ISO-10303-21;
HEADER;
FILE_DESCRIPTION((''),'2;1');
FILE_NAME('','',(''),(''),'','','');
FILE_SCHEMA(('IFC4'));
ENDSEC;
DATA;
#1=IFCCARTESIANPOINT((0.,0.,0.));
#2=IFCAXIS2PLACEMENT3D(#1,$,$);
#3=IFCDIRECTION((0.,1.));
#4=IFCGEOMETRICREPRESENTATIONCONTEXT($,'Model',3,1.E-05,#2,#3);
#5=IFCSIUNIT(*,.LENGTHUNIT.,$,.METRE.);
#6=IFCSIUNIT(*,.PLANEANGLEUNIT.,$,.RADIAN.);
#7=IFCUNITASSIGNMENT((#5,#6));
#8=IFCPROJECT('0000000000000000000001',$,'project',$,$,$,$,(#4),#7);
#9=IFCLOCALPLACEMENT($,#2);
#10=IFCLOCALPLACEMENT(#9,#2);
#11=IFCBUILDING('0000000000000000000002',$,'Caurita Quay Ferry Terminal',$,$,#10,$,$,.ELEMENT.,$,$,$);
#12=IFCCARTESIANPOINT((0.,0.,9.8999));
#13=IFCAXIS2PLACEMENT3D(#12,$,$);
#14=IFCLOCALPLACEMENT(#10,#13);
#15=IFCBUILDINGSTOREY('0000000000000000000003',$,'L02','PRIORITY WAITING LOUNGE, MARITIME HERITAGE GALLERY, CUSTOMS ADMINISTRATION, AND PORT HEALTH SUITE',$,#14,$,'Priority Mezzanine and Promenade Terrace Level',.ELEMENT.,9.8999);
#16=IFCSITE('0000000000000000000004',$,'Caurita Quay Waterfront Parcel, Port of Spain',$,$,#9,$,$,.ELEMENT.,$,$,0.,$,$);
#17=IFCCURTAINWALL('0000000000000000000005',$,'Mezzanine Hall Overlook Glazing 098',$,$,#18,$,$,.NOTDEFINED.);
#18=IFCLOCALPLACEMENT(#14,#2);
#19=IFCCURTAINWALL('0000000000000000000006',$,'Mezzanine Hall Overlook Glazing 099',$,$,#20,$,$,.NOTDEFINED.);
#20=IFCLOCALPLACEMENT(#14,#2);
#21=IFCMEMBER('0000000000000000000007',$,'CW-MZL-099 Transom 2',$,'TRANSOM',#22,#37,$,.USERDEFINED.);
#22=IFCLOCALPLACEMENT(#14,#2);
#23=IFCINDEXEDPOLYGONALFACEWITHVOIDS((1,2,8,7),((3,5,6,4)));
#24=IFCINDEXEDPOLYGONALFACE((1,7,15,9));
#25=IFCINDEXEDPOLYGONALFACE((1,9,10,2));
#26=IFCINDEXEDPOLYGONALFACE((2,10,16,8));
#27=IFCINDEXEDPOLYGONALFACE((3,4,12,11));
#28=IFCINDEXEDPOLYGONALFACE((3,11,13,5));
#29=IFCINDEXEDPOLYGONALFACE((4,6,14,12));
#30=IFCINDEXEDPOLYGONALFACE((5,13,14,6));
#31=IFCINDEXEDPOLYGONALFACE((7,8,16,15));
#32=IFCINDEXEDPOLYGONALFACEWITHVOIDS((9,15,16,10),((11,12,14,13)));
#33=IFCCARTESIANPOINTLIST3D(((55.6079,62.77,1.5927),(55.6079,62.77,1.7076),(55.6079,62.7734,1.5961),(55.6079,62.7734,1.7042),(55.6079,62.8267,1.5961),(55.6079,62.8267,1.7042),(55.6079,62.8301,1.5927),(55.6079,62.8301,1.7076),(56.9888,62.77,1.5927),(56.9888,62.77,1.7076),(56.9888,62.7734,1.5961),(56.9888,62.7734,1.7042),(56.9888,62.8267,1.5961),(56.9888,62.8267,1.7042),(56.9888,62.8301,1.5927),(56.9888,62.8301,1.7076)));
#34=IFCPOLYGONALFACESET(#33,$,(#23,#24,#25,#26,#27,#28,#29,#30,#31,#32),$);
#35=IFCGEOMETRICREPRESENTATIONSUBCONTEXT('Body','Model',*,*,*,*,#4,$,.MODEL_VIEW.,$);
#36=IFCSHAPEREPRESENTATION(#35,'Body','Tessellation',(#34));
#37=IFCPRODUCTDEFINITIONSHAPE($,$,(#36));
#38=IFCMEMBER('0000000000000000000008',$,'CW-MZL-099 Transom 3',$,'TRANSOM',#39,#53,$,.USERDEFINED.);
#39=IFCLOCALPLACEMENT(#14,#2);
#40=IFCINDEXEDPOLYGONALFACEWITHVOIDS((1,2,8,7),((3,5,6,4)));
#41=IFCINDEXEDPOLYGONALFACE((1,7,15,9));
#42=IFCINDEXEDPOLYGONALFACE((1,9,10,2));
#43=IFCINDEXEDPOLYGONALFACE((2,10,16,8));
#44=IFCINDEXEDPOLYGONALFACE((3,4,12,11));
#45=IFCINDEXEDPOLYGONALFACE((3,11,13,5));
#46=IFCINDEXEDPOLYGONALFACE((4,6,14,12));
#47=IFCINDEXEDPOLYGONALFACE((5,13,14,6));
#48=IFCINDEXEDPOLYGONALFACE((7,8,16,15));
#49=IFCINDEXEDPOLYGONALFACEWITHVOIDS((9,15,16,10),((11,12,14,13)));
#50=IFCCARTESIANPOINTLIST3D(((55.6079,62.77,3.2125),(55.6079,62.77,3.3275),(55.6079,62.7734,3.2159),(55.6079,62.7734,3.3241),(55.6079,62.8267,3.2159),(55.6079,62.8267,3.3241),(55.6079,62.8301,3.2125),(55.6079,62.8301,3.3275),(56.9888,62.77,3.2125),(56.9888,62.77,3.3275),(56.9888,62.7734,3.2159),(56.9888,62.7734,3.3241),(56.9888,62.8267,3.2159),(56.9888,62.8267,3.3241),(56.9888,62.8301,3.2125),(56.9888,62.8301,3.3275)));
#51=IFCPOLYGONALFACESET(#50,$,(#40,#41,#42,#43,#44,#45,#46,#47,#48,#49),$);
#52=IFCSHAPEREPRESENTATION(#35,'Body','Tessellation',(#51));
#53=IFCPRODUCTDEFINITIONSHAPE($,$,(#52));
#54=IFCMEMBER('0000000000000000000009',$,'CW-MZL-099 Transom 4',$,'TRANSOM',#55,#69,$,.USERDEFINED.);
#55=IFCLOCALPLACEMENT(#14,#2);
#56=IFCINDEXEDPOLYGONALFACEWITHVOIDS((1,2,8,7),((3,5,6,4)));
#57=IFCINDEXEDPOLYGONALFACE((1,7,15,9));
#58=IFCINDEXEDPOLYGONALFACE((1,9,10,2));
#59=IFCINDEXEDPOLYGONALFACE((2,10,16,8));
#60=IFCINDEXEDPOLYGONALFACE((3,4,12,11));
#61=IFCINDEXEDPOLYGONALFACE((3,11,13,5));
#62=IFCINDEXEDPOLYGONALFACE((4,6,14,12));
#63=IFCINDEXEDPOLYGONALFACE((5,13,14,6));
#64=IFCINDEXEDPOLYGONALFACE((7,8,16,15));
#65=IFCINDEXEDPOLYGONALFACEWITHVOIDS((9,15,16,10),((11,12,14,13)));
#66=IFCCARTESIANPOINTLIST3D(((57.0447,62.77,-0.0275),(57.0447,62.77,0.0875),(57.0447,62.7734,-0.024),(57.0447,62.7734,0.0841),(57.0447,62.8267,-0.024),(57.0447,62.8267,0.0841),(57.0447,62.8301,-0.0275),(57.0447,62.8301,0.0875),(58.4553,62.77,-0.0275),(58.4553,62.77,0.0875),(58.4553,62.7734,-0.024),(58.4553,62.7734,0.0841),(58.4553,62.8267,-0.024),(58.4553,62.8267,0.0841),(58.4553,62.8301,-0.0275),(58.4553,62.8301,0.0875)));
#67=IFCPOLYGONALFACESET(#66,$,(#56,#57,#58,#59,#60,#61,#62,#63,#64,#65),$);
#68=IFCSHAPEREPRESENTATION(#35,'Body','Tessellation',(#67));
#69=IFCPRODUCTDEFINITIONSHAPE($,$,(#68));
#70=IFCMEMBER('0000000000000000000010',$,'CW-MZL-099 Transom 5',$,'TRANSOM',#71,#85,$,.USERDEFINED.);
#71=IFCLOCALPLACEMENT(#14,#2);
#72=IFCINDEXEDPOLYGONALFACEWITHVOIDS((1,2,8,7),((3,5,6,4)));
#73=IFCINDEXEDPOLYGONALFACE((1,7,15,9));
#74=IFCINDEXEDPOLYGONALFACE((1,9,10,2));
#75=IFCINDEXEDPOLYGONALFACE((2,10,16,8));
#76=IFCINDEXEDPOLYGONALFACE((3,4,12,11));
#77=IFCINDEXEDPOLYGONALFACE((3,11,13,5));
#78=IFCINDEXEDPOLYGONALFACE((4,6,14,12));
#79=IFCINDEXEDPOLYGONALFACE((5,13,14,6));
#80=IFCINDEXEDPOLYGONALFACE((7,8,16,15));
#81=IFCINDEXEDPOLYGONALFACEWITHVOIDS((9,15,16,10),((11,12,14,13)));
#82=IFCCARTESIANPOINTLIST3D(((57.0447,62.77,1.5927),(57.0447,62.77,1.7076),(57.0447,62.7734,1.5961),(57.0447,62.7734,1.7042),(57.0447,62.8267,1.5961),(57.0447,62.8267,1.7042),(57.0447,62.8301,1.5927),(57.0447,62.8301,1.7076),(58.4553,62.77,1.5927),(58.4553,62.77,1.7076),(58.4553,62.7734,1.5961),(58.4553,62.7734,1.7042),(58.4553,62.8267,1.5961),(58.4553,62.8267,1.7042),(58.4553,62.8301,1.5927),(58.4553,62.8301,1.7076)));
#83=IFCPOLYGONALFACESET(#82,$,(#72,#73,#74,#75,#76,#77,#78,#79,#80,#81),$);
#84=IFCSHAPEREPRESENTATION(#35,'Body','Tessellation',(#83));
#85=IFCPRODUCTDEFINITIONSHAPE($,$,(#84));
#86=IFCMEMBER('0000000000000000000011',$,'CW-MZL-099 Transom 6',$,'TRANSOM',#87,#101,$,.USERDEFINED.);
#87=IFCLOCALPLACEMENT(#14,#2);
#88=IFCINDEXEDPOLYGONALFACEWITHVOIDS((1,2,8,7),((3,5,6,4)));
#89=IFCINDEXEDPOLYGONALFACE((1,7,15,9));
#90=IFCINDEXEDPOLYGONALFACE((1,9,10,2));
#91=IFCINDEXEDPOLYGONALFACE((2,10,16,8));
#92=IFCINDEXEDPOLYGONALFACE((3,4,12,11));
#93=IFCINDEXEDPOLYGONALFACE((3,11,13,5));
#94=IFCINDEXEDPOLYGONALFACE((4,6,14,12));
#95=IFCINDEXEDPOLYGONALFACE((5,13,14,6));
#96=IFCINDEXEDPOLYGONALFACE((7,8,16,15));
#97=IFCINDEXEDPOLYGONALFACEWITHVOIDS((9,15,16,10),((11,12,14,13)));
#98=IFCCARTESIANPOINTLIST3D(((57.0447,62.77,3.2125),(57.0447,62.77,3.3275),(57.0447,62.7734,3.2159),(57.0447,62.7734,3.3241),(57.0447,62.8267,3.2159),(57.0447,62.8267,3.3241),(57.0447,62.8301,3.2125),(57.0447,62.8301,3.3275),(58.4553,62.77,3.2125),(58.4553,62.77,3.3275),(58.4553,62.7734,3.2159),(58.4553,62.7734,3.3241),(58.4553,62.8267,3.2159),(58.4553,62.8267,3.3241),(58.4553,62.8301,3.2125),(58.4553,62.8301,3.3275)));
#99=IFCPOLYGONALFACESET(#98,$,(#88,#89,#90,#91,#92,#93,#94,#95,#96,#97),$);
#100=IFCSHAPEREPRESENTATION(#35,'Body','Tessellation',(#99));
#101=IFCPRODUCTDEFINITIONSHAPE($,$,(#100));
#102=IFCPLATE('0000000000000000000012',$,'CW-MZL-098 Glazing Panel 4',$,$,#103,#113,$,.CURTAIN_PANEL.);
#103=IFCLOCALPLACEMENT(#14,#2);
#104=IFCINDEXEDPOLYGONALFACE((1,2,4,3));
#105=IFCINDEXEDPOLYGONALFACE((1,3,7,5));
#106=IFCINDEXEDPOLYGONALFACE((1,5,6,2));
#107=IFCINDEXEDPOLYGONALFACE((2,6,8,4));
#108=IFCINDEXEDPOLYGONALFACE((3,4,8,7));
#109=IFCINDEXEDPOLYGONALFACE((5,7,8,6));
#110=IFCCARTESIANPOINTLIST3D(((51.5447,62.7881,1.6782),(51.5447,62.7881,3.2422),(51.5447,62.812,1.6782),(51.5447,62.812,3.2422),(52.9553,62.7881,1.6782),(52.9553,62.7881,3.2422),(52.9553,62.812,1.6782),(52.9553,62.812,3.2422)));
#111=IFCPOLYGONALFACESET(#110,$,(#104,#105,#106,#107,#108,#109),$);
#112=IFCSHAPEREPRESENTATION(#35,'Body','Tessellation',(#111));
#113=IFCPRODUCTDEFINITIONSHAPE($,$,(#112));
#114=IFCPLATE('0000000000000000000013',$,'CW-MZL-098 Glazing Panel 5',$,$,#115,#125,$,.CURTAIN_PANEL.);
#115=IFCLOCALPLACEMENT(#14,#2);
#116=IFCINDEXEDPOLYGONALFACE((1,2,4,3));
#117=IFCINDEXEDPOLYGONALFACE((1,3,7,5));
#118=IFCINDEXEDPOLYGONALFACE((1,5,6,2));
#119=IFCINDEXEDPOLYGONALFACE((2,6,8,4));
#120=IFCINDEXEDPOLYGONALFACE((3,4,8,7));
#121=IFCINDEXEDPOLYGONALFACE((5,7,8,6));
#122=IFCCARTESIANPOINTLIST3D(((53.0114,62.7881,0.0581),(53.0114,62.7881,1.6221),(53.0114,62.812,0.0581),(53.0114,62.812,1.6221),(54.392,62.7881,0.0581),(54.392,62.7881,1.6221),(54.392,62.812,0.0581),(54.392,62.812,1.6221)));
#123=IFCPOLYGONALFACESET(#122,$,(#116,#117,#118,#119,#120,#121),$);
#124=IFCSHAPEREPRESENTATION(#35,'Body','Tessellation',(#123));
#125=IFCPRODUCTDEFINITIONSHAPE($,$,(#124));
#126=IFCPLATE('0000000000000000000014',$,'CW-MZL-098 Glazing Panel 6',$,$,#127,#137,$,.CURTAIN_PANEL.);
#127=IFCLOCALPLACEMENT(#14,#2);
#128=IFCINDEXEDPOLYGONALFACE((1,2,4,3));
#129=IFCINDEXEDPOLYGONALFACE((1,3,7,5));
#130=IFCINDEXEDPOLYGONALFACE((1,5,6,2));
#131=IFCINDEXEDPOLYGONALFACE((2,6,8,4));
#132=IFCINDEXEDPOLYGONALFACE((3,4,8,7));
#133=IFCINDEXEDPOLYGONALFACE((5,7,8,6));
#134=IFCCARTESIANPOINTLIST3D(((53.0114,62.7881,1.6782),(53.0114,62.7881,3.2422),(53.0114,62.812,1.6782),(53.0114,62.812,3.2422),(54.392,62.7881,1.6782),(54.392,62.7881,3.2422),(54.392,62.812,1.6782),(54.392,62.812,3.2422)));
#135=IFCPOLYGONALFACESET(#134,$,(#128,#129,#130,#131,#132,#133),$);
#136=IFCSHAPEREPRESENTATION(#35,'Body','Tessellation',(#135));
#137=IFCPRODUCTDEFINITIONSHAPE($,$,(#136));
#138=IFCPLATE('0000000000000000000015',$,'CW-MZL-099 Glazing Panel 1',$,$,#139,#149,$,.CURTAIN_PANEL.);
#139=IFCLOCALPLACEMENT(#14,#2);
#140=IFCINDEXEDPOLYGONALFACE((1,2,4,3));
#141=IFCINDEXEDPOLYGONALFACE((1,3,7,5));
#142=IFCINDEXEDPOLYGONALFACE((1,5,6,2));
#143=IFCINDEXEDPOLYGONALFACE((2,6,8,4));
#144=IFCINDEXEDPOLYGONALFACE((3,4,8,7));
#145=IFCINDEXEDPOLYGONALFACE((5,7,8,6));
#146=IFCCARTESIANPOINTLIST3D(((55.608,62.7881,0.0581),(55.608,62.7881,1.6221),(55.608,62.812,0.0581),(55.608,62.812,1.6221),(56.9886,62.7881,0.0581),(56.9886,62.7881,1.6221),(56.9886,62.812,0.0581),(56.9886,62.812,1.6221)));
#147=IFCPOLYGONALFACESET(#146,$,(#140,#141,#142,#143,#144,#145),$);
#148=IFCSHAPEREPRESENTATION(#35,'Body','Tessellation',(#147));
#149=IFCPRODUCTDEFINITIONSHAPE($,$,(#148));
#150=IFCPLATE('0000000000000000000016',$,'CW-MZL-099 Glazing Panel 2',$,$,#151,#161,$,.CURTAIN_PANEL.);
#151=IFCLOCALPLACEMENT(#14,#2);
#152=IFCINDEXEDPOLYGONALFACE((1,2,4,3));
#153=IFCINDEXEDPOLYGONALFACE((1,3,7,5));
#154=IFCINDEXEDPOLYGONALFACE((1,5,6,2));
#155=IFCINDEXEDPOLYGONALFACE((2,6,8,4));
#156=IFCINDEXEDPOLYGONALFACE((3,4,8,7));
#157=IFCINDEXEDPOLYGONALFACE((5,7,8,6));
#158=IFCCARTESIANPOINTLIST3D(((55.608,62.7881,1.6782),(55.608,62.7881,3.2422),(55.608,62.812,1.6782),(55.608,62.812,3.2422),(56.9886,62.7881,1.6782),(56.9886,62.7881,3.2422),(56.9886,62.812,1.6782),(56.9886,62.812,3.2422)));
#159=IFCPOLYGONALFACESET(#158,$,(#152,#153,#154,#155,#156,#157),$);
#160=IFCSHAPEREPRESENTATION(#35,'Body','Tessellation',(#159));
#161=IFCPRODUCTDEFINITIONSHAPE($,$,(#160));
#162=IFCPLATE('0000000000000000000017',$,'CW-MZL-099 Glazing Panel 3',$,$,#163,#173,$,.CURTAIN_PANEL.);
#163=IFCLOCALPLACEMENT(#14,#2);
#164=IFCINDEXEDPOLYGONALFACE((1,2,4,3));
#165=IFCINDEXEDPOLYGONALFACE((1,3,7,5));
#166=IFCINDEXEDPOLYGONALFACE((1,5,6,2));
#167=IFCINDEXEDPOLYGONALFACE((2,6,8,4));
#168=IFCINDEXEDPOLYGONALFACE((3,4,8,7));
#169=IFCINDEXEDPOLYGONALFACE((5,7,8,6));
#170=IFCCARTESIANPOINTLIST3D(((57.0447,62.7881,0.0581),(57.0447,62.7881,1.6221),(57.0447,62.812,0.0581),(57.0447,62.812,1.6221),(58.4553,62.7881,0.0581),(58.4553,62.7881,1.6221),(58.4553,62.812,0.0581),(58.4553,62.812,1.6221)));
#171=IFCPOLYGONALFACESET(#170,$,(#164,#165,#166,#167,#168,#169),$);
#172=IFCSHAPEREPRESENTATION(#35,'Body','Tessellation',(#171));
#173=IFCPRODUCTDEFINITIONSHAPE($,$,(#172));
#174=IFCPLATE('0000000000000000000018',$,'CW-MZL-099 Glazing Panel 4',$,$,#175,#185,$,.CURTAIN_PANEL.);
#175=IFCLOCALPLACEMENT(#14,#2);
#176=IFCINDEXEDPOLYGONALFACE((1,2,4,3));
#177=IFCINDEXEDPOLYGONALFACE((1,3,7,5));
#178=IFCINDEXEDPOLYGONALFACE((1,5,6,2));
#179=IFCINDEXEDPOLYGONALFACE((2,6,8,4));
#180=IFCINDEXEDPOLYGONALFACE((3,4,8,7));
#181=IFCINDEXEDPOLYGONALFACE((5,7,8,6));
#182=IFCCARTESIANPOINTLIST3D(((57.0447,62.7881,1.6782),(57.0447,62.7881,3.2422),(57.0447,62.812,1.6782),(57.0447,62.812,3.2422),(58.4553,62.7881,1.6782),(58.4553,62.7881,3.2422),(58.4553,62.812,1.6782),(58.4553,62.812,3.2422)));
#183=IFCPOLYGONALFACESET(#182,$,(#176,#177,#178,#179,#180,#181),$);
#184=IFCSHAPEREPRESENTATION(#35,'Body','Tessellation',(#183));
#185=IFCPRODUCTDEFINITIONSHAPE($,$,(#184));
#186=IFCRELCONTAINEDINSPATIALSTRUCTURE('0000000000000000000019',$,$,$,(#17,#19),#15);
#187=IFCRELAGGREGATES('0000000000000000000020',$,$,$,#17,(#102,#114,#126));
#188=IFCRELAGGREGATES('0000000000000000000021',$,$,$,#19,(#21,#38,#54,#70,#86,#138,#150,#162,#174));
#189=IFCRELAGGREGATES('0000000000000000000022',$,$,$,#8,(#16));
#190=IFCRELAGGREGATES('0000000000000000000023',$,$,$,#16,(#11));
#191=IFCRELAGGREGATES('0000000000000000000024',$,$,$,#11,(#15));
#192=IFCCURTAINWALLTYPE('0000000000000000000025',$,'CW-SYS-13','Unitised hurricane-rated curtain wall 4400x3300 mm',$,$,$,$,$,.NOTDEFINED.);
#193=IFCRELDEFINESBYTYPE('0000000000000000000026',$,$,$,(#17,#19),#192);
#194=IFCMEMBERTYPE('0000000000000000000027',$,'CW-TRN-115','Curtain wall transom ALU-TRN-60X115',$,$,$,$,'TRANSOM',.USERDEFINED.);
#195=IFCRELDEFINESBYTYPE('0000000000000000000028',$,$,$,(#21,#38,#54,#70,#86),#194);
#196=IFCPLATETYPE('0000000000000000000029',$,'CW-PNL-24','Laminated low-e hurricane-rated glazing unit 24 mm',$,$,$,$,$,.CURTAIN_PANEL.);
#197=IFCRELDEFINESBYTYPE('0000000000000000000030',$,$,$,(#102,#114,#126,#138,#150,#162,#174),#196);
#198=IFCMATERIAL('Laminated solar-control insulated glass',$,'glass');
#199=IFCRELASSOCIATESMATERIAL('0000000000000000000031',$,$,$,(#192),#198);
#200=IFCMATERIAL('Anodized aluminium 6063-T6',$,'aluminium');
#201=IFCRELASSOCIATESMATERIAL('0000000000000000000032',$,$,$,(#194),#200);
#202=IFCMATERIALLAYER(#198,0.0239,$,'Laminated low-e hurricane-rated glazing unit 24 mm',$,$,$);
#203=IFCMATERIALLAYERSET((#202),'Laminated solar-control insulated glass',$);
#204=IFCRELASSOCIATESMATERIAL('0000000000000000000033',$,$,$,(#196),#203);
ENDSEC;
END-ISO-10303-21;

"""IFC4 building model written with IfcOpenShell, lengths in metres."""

from ifc_helpers import new_model, si_unit, direction, frame, origin, origin_2d, place, context, subcontext, project, spatial, rectangle, hollow_rectangle, extrude, material, layer, layer_set, material_profile, profile_set, type_object, element, aggregate, save


model = new_model("IFC4")

# Units and contexts
model_context = context("Model", 3, precision=1e-05, world=origin(), true_north=direction((0.0, 1.0)))
body_context = subcontext(model_context, "Body", "Model", "MODEL_VIEW")
ifc_project = project(units=[si_unit("LENGTHUNIT", "METRE"), si_unit("PLANEANGLEUNIT", "RADIAN")], contexts=[model_context])

# Site, building, storey
site_placement = place(None, origin())
site = spatial("IfcSite", under=ifc_project, at=site_placement, Name="Caurita Quay Waterfront Parcel, Port of Spain", CompositionType="ELEMENT", RefElevation=0.0)
building_placement = place(site_placement, origin())
building = spatial("IfcBuilding", under=site, at=building_placement, Name="Caurita Quay Ferry Terminal", CompositionType="ELEMENT")
storey_placement = place(building_placement, frame((0.0, 0.0, 9.8999)))
storey = spatial("IfcBuildingStorey", under=building, at=storey_placement, Name="L02", Description="PRIORITY WAITING LOUNGE, MARITIME HERITAGE GALLERY, CUSTOMS ADMINISTRATION, AND PORT HEALTH SUITE", LongName="Priority Mezzanine and Promenade Terrace Level", CompositionType="ELEMENT", Elevation=9.8999)

# Curtain walls
ifc_material_1 = material(Name="Laminated solar-control insulated glass", Category="glass")
curtain_wall_type = type_object("IfcCurtainWallType", Name="CW-SYS-13", Description="Unitised hurricane-rated curtain wall 4400x3300 mm", PredefinedType="NOTDEFINED", material=ifc_material_1)
curtain_wall_1_placement = place(storey_placement, origin())
curtain_wall_1 = element("IfcCurtainWall", 1, at=curtain_wall_1_placement, inside=storey, type_object=curtain_wall_type, Name="Mezzanine Hall Overlook Glazing 098", PredefinedType="NOTDEFINED")
ifc_material_2 = material(Name="Anodized aluminium 6063-T6", Category="aluminium")
curtain_wall_2_placement = place(storey_placement, origin())
curtain_wall_2 = element("IfcCurtainWall", 2, at=curtain_wall_2_placement, inside=storey, type_object=curtain_wall_type, Name="Mezzanine Hall Overlook Glazing 099", PredefinedType="NOTDEFINED")

# Members
ifc_material_profile_1 = material_profile(ifc_material_2, hollow_rectangle(XDim=0.0601, YDim=0.115, WallThickness=0.0034, at=origin_2d()), Name="ALU-TRN-60X115")
ifc_profile_set_1 = profile_set([ifc_material_profile_1], Name="Anodized aluminium 6063-T6")
member_type_1 = type_object("IfcMemberType", Name="CW-TRN-115", Description="Curtain wall transom ALU-TRN-60X115", ElementType="TRANSOM", PredefinedType="USERDEFINED", material=ifc_profile_set_1)
member_1_placement = place(storey_placement, frame((55.6079, 62.8, 1.6501), z_axis=(1.0, 0.0, 0.0), x_axis=(0.0, 1.0, 0.0)))
member_1 = element("IfcMember", 3, at=member_1_placement, type_object=member_type_1, Name="CW-MZL-099 Transom 2", ObjectType="TRANSOM", PredefinedType="USERDEFINED", context=body_context, shape_type="SweptSolid", body=[
    extrude(hollow_rectangle(XDim=0.0601, YDim=0.115, WallThickness=0.0034, at=origin_2d()), origin(), (0.0, 0.0, 1.0), 1.3809),
])
member_2_placement = place(storey_placement, frame((55.6079, 62.8, 3.27), z_axis=(1.0, 0.0, 0.0), x_axis=(0.0, 1.0, 0.0)))
member_2 = element("IfcMember", 4, at=member_2_placement, type_object=member_type_1, Name="CW-MZL-099 Transom 3", ObjectType="TRANSOM", PredefinedType="USERDEFINED", context=body_context, shape_type="SweptSolid", body=[
    extrude(hollow_rectangle(XDim=0.0601, YDim=0.115, WallThickness=0.0034, at=origin_2d()), origin(), (0.0, 0.0, 1.0), 1.3809),
])
member_3_placement = place(storey_placement, frame((57.0447, 62.8, 0.03), z_axis=(1.0, 0.0, 0.0), x_axis=(0.0, 1.0, 0.0)))
member_3 = element("IfcMember", 5, at=member_3_placement, type_object=member_type_1, Name="CW-MZL-099 Transom 4", ObjectType="TRANSOM", PredefinedType="USERDEFINED", context=body_context, shape_type="SweptSolid", body=[
    extrude(hollow_rectangle(XDim=0.0601, YDim=0.115, WallThickness=0.0034, at=origin_2d()), origin(), (0.0, 0.0, 1.0), 1.4106),
])
member_4_placement = place(storey_placement, frame((57.0447, 62.8, 1.6501), z_axis=(1.0, 0.0, 0.0), x_axis=(0.0, 1.0, 0.0)))
member_4 = element("IfcMember", 6, at=member_4_placement, type_object=member_type_1, Name="CW-MZL-099 Transom 5", ObjectType="TRANSOM", PredefinedType="USERDEFINED", context=body_context, shape_type="SweptSolid", body=[
    extrude(hollow_rectangle(XDim=0.0601, YDim=0.115, WallThickness=0.0034, at=origin_2d()), origin(), (0.0, 0.0, 1.0), 1.4106),
])
member_5_placement = place(storey_placement, frame((57.0447, 62.8, 3.27), z_axis=(1.0, 0.0, 0.0), x_axis=(0.0, 1.0, 0.0)))
member_5 = element("IfcMember", 7, at=member_5_placement, type_object=member_type_1, Name="CW-MZL-099 Transom 6", ObjectType="TRANSOM", PredefinedType="USERDEFINED", context=body_context, shape_type="SweptSolid", body=[
    extrude(hollow_rectangle(XDim=0.0601, YDim=0.115, WallThickness=0.0034, at=origin_2d()), origin(), (0.0, 0.0, 1.0), 1.4106),
])

# Plates
ifc_layer = layer(ifc_material_1, 0.0239, Name="Laminated low-e hurricane-rated glazing unit 24 mm")
ifc_layer_set = layer_set([ifc_layer], Name="Laminated solar-control insulated glass")
plate_type = type_object("IfcPlateType", Name="CW-PNL-24", Description="Laminated low-e hurricane-rated glazing unit 24 mm", PredefinedType="CURTAIN_PANEL", material=ifc_layer_set)
plate_1_placement = place(storey_placement, frame((52.25, 62.8, 1.6782), z_axis=(0.0, 0.0, 1.0), x_axis=(1.0, 0.0, 0.0)))
plate_1 = element("IfcPlate", 8, at=plate_1_placement, type_object=plate_type, Name="CW-MZL-098 Glazing Panel 4", PredefinedType="CURTAIN_PANEL", context=body_context, shape_type="SweptSolid", body=[
    extrude(rectangle(XDim=1.4106, YDim=0.0239, at=origin_2d()), origin(), (0.0, 0.0, 1.0), 1.564),
])
plate_2_placement = place(storey_placement, frame((53.7017, 62.8, 0.0581), z_axis=(0.0, 0.0, 1.0), x_axis=(1.0, 0.0, 0.0)))
plate_2 = element("IfcPlate", 9, at=plate_2_placement, type_object=plate_type, Name="CW-MZL-098 Glazing Panel 5", PredefinedType="CURTAIN_PANEL", context=body_context, shape_type="SweptSolid", body=[
    extrude(rectangle(XDim=1.3806, YDim=0.0239, at=origin_2d()), origin(), (0.0, 0.0, 1.0), 1.564),
])
plate_3_placement = place(storey_placement, frame((53.7017, 62.8, 1.6782), z_axis=(0.0, 0.0, 1.0), x_axis=(1.0, 0.0, 0.0)))
plate_3 = element("IfcPlate", 10, at=plate_3_placement, type_object=plate_type, Name="CW-MZL-098 Glazing Panel 6", PredefinedType="CURTAIN_PANEL", context=body_context, shape_type="SweptSolid", body=[
    extrude(rectangle(XDim=1.3806, YDim=0.0239, at=origin_2d()), origin(), (0.0, 0.0, 1.0), 1.564),
])
aggregate(curtain_wall_1, [plate_1, plate_2, plate_3])
plate_4_placement = place(storey_placement, frame((56.2983, 62.8, 0.0581), z_axis=(0.0, 0.0, 1.0), x_axis=(1.0, 0.0, 0.0)))
plate_4 = element("IfcPlate", 11, at=plate_4_placement, type_object=plate_type, Name="CW-MZL-099 Glazing Panel 1", PredefinedType="CURTAIN_PANEL", context=body_context, shape_type="SweptSolid", body=[
    extrude(rectangle(XDim=1.3806, YDim=0.0239, at=origin_2d()), origin(), (0.0, 0.0, 1.0), 1.564),
])
plate_5_placement = place(storey_placement, frame((56.2983, 62.8, 1.6782), z_axis=(0.0, 0.0, 1.0), x_axis=(1.0, 0.0, 0.0)))
plate_5 = element("IfcPlate", 12, at=plate_5_placement, type_object=plate_type, Name="CW-MZL-099 Glazing Panel 2", PredefinedType="CURTAIN_PANEL", context=body_context, shape_type="SweptSolid", body=[
    extrude(rectangle(XDim=1.3806, YDim=0.0239, at=origin_2d()), origin(), (0.0, 0.0, 1.0), 1.564),
])
plate_6_placement = place(storey_placement, frame((57.75, 62.8, 0.0581), z_axis=(0.0, 0.0, 1.0), x_axis=(1.0, 0.0, 0.0)))
plate_6 = element("IfcPlate", 13, at=plate_6_placement, type_object=plate_type, Name="CW-MZL-099 Glazing Panel 3", PredefinedType="CURTAIN_PANEL", context=body_context, shape_type="SweptSolid", body=[
    extrude(rectangle(XDim=1.4106, YDim=0.0239, at=origin_2d()), origin(), (0.0, 0.0, 1.0), 1.564),
])
plate_7_placement = place(storey_placement, frame((57.75, 62.8, 1.6782), z_axis=(0.0, 0.0, 1.0), x_axis=(1.0, 0.0, 0.0)))
plate_7 = element("IfcPlate", 14, at=plate_7_placement, type_object=plate_type, Name="CW-MZL-099 Glazing Panel 4", PredefinedType="CURTAIN_PANEL", context=body_context, shape_type="SweptSolid", body=[
    extrude(rectangle(XDim=1.4106, YDim=0.0239, at=origin_2d()), origin(), (0.0, 0.0, 1.0), 1.564),
])
aggregate(curtain_wall_2, [member_1, member_2, member_3, member_4, member_5, plate_4, plate_5, plate_6, plate_7])

save(model, "model.ifc")
